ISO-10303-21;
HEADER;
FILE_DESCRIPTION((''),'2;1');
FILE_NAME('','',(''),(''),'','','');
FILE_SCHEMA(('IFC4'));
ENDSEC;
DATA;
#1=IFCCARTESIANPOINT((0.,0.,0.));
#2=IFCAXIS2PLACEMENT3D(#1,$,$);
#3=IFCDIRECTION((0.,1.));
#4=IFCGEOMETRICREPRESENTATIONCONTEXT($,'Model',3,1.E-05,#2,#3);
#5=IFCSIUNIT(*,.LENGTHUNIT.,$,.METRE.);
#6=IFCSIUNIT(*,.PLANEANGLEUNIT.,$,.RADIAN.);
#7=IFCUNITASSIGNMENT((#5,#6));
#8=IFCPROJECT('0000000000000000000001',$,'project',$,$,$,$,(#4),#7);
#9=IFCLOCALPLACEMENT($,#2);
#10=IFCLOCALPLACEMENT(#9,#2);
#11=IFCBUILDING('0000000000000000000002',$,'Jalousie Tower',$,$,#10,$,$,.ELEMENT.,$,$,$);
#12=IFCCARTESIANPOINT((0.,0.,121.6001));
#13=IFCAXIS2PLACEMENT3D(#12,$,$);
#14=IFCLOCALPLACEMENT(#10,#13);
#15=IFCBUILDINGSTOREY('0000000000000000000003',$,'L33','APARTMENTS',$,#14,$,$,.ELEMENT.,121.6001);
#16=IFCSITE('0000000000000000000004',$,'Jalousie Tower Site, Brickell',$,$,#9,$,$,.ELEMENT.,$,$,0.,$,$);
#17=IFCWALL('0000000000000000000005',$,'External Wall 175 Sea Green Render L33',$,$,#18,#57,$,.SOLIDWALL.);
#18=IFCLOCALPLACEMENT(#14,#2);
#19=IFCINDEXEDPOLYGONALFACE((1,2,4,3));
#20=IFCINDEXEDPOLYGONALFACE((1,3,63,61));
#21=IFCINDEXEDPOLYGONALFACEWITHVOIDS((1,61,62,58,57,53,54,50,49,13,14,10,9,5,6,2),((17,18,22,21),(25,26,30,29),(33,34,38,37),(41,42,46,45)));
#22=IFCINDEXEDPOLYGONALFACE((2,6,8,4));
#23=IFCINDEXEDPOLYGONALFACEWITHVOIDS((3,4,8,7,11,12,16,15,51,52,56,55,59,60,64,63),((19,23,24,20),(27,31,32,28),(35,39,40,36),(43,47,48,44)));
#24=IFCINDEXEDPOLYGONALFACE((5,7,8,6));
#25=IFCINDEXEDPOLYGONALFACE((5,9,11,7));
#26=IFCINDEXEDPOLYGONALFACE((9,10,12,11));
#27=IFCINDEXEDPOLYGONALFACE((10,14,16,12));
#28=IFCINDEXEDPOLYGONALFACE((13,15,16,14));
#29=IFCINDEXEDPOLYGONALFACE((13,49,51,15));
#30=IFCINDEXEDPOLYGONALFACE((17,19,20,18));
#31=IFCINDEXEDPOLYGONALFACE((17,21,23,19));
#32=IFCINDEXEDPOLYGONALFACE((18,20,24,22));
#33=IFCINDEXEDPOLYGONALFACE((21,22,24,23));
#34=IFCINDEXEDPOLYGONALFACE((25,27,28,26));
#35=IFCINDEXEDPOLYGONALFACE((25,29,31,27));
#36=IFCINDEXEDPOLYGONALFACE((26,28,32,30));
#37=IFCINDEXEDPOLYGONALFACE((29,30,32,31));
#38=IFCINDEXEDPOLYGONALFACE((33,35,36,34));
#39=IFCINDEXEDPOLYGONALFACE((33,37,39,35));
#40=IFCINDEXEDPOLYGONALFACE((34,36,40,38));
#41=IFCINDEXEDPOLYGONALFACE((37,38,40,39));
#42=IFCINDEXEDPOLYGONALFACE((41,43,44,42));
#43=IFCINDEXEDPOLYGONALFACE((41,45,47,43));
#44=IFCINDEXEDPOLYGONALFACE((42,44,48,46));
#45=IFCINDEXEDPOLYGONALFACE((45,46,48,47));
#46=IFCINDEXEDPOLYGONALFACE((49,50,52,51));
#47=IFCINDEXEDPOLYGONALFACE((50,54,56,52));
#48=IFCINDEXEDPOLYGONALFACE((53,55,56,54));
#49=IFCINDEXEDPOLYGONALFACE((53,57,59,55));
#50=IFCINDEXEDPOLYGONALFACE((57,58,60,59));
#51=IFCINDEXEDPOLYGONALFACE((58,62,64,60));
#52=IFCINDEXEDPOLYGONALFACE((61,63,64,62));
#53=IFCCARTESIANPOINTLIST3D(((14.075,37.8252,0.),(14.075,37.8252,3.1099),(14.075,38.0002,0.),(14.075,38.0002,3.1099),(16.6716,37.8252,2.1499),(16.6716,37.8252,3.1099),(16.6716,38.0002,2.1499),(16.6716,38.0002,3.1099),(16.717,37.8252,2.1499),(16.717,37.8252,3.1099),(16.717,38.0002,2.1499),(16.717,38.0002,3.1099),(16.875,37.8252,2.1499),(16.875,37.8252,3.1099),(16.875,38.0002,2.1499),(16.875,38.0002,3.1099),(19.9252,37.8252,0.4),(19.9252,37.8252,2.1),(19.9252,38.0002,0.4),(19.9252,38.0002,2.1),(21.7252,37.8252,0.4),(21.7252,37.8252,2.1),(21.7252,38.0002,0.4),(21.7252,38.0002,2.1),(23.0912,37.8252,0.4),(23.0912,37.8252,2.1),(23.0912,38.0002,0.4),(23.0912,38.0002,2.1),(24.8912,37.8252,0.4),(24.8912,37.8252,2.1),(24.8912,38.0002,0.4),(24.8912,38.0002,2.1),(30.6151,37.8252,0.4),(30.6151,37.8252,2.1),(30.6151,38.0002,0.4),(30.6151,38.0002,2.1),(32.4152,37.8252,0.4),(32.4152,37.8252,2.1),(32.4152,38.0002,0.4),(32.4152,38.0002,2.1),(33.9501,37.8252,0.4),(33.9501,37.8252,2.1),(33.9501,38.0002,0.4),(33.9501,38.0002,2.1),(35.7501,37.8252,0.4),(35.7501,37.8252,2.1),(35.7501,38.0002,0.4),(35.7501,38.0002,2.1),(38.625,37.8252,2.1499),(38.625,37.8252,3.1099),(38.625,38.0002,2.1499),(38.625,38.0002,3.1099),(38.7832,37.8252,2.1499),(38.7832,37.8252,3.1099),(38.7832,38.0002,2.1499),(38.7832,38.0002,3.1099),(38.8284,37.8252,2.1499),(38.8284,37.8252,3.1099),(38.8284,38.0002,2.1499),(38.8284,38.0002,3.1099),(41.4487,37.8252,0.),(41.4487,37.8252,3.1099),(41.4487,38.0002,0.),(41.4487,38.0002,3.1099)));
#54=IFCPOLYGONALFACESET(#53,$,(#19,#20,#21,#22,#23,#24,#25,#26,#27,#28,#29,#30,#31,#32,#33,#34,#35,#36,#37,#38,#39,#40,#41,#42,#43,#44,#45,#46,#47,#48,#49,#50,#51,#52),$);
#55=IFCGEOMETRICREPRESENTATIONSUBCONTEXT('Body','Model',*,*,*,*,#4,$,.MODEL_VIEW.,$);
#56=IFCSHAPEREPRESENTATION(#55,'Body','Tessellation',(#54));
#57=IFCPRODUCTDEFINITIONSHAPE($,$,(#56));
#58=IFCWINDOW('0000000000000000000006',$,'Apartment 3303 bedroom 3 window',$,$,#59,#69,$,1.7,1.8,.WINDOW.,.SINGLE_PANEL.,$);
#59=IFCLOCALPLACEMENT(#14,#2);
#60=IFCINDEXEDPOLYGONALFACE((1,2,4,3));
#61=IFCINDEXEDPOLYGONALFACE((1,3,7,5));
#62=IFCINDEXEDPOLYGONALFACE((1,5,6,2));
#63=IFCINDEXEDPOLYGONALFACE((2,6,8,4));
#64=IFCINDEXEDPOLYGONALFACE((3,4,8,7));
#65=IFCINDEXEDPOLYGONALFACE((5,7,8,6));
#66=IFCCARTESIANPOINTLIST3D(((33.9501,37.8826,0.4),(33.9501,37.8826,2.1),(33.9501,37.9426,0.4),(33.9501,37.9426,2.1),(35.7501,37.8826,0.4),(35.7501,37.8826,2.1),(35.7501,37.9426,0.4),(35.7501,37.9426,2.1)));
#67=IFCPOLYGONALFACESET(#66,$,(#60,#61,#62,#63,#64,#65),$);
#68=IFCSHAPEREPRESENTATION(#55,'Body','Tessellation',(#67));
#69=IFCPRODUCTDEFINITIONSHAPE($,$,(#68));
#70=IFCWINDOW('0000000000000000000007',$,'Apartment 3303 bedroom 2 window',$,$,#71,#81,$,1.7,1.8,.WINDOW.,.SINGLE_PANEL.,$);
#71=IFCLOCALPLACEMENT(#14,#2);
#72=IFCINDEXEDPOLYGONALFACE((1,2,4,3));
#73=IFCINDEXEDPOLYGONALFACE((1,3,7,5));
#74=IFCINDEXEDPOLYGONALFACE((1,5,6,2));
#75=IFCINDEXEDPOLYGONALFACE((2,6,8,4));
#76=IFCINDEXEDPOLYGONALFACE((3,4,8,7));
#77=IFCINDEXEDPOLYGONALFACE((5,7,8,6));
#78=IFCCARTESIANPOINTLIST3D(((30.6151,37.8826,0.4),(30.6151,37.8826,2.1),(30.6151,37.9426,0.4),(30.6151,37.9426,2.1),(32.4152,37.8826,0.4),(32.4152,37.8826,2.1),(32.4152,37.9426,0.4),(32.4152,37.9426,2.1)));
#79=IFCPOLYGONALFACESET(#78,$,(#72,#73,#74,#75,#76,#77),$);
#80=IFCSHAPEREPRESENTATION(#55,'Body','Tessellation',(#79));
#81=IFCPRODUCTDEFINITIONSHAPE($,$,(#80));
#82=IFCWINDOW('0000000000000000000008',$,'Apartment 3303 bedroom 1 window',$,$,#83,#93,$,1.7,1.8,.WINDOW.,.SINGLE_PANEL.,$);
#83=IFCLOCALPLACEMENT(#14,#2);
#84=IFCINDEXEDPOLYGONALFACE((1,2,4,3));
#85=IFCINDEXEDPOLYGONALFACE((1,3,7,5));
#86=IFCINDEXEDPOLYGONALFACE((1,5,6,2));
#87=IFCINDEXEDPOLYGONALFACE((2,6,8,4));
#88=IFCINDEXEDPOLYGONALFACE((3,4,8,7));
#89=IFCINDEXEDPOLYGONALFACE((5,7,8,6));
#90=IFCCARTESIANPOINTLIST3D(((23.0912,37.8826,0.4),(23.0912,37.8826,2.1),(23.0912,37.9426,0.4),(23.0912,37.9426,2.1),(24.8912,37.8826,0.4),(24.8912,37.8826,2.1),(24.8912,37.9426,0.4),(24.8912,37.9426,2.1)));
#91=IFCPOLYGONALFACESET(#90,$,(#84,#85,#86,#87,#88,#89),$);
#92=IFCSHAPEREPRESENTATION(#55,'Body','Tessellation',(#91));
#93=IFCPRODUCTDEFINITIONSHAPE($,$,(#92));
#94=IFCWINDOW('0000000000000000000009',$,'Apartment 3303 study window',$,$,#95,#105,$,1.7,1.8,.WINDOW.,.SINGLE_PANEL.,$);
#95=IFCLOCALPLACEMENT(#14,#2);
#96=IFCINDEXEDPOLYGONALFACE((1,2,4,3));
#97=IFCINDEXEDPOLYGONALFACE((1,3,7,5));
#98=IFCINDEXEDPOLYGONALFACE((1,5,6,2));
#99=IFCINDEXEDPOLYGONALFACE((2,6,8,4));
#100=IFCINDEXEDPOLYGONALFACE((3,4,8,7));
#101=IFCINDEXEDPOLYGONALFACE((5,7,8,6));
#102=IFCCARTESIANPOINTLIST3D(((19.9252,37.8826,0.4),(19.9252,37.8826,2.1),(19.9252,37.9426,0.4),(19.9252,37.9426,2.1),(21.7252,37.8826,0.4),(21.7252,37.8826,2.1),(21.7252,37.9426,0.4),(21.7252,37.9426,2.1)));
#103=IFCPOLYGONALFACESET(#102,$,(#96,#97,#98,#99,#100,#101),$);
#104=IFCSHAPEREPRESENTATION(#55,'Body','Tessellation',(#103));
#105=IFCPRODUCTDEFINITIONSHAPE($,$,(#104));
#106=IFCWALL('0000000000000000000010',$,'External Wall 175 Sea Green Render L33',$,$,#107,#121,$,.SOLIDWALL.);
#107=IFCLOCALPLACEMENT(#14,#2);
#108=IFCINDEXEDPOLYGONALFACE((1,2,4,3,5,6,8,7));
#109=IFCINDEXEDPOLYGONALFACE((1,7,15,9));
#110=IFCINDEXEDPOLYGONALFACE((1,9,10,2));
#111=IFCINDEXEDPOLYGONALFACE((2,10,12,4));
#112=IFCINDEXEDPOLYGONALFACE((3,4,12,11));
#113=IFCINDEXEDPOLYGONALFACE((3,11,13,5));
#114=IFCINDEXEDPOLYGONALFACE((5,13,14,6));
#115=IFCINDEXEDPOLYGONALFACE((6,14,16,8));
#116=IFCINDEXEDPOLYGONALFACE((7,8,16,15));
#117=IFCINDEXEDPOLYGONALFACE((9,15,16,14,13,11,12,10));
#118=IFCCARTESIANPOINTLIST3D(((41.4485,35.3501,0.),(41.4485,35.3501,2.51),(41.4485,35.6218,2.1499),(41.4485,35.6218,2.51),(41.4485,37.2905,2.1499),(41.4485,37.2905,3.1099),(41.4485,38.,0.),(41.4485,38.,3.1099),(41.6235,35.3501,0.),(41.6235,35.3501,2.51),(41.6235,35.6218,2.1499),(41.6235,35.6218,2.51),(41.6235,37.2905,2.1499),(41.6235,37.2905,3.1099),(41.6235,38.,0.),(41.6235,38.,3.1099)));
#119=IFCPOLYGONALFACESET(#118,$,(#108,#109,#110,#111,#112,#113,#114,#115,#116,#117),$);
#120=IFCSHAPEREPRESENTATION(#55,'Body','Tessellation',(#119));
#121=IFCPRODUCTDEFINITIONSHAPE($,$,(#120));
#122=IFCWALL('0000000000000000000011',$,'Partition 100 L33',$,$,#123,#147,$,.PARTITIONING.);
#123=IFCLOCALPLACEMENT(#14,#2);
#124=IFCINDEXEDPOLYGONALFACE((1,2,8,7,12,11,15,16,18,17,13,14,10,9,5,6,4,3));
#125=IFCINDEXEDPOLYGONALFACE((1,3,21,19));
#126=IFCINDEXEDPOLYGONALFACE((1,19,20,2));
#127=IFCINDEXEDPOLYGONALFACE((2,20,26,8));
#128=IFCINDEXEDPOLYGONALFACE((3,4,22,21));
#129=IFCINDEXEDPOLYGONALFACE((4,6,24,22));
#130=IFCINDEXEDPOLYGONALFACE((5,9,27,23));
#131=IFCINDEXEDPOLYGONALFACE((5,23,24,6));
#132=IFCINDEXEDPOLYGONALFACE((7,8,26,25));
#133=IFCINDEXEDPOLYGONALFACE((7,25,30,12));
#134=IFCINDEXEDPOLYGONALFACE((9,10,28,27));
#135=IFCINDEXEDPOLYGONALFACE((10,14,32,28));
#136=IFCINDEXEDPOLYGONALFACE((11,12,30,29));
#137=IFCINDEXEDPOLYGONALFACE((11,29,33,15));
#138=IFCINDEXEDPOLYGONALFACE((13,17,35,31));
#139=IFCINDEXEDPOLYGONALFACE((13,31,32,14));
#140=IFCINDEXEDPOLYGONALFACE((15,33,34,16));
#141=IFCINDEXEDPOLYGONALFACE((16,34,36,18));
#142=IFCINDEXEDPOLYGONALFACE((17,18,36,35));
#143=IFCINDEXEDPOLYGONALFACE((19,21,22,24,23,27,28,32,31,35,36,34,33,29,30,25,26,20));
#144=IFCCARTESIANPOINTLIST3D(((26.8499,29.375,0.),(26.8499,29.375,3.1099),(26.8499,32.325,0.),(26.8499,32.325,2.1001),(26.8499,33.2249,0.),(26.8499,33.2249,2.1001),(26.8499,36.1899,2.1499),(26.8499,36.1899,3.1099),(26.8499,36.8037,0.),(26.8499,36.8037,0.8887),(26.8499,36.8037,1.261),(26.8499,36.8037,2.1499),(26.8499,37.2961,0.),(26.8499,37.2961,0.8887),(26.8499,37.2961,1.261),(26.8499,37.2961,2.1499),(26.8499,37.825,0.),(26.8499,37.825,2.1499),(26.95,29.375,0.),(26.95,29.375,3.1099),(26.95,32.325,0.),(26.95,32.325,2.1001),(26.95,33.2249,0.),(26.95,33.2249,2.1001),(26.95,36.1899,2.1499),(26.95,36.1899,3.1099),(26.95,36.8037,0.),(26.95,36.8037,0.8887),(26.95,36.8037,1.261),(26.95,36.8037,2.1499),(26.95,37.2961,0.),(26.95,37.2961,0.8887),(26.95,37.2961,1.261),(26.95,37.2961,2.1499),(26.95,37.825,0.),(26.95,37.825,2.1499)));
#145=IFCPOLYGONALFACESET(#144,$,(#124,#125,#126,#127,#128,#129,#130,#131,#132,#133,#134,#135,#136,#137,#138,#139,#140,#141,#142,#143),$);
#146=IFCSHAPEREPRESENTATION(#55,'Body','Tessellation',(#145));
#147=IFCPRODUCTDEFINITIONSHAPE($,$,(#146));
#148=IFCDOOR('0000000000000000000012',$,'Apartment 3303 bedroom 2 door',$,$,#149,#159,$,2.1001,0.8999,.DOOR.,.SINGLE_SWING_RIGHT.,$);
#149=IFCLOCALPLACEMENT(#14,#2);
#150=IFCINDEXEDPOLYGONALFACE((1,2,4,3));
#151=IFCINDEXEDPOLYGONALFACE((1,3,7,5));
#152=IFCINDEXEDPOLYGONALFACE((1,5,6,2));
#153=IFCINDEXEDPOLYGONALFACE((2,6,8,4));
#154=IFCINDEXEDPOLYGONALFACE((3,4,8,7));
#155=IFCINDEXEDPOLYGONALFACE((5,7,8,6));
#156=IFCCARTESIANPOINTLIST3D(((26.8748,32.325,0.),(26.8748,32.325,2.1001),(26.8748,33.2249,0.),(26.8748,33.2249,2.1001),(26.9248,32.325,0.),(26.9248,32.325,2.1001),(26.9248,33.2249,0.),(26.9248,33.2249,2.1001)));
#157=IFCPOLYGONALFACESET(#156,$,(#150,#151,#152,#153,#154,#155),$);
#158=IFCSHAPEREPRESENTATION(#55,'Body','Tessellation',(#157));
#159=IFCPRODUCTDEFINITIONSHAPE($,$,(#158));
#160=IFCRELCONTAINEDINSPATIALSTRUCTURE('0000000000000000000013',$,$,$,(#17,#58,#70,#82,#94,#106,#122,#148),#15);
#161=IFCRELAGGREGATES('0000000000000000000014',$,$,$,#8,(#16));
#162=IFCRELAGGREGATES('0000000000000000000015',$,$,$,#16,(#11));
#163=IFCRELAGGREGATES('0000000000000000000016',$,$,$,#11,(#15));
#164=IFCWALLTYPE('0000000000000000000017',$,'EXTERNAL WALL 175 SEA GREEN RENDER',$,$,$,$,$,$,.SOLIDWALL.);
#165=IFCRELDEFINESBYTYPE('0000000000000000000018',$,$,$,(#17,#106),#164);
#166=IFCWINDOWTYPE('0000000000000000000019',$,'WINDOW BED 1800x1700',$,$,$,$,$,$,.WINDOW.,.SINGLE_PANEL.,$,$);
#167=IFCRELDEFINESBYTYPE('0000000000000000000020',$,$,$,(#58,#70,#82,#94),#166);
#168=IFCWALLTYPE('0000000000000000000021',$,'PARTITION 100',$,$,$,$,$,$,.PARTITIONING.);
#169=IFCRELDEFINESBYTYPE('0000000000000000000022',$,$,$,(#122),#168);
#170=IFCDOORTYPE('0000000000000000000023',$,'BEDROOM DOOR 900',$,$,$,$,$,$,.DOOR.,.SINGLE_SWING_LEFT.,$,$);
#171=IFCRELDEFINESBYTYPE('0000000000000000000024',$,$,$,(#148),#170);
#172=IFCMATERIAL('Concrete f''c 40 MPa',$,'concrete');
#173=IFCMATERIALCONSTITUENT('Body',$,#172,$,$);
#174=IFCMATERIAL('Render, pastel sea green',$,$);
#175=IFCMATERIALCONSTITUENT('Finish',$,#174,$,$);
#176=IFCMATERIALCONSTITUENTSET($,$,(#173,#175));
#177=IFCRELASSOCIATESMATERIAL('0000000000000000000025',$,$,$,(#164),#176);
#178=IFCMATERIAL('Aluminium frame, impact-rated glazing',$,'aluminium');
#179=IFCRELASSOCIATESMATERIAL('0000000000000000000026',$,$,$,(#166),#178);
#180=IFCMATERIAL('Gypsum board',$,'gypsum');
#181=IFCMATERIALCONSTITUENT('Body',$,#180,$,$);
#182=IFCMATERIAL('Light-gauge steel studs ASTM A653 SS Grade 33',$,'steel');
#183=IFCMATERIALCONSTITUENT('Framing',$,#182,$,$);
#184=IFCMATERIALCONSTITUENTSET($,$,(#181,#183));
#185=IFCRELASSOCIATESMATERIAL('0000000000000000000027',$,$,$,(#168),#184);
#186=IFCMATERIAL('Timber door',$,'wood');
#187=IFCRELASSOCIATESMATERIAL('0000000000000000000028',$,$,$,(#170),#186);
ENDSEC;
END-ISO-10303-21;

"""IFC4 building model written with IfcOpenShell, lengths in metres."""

from ifc_helpers import new_model, si_unit, direction, frame, frame_2d, origin, place, context, subcontext, project, spatial, polyline, rectangle, outline, extrude, material, constituent, constituent_set, type_object, element, fill, save


model = new_model("IFC4")

# Units and contexts
model_context = context("Model", 3, precision=1e-05, world=origin(), true_north=direction((0.0, 1.0)))
body_context = subcontext(model_context, "Body", "Model", "MODEL_VIEW")
ifc_project = project(units=[si_unit("LENGTHUNIT", "METRE"), si_unit("PLANEANGLEUNIT", "RADIAN")], contexts=[model_context])

# Site, building, storey
site_placement = place(None, origin())
site = spatial("IfcSite", under=ifc_project, at=site_placement, Name="Jalousie Tower Site, Brickell", CompositionType="ELEMENT", RefElevation=0.0)
building_placement = place(site_placement, origin())
building = spatial("IfcBuilding", under=site, at=building_placement, Name="Jalousie Tower", CompositionType="ELEMENT")
storey_placement = place(building_placement, frame((0.0, 0.0, 121.6001)))
storey = spatial("IfcBuildingStorey", under=building, at=storey_placement, Name="L33", Description="APARTMENTS", CompositionType="ELEMENT", Elevation=121.6001)

# Wall, openings, windows
ifc_material_1 = material(Name="Concrete f'c 40 MPa", Category="concrete")
ifc_constituent_1 = constituent(ifc_material_1, Name="Body")
ifc_material_2 = material(Name="Render, pastel sea green")
ifc_constituent_2 = constituent(ifc_material_2, Name="Finish")
ifc_constituent_set_1 = constituent_set(constituents=[ifc_constituent_1, ifc_constituent_2])
wall_type_1 = type_object("IfcWallType", Name="EXTERNAL WALL 175 SEA GREEN RENDER", PredefinedType="SOLIDWALL", material=ifc_constituent_set_1)
wall_1_placement = place(storey_placement, frame((41.4487, 37.9126, 0.0), z_axis=(0.0, 0.0, 1.0), x_axis=(-1.0, 0.0, 0.0)))
wall_1 = element("IfcWall", 1, at=wall_1_placement, inside=storey, type_object=wall_type_1, Name="External Wall 175 Sea Green Render L33", PredefinedType="SOLIDWALL", context=body_context, shape_type="SweptSolid", body=[
    extrude(outline(polyline([(0.0, 0.0), (27.3738, 0.0), (27.3738, 3.1099), (24.7771, 3.1099), (24.7771, 2.1499), (24.7317, 2.1499), (24.7317, 3.1099), (24.5737, 3.1099), (24.5737, 2.1499), (2.8237, 2.1499), (2.8237, 3.1099), (2.6655, 3.1099), (2.6655, 2.1499), (2.6204, 2.1499), (2.6204, 3.1099), (0.0, 3.1099), (0.0, 0.0)])), frame((0.0, 0.0874, 0.0), z_axis=(0.0, -1.0, 0.0), x_axis=(1.0, 0.0, 0.0)), (0.0, 0.0, 1.0), 0.175),
])
opening_1_placement = place(wall_1_placement, frame((5.6987, 0.0, 0.3999)))
opening_1 = element("IfcOpeningElement", 2, at=opening_1_placement, cuts=wall_1, PredefinedType="OPENING", context=body_context, shape_type="SweptSolid", body=[
    extrude(rectangle(XDim=1.8, YDim=1.7, at=frame_2d((0.8999, 0.8501))), frame((0.0, 0.0974, 0.0), z_axis=(0.0, -1.0, 0.0), x_axis=(1.0, 0.0, 0.0)), (0.0, 0.0, 1.0), 0.1951),
])
opening_2_placement = place(wall_1_placement, frame((9.0337, 0.0, 0.3999)))
opening_2 = element("IfcOpeningElement", 3, at=opening_2_placement, cuts=wall_1, PredefinedType="OPENING", context=body_context, shape_type="SweptSolid", body=[
    extrude(rectangle(XDim=1.8, YDim=1.7, at=frame_2d((0.8999, 0.8501))), frame((0.0, 0.0974, 0.0), z_axis=(0.0, -1.0, 0.0), x_axis=(1.0, 0.0, 0.0)), (0.0, 0.0, 1.0), 0.1951),
])
opening_3_placement = place(wall_1_placement, frame((16.5576, 0.0, 0.3999)))
opening_3 = element("IfcOpeningElement", 4, at=opening_3_placement, cuts=wall_1, PredefinedType="OPENING", context=body_context, shape_type="SweptSolid", body=[
    extrude(rectangle(XDim=1.8, YDim=1.7, at=frame_2d((0.8999, 0.8501))), frame((0.0, 0.0974, 0.0), z_axis=(0.0, -1.0, 0.0), x_axis=(1.0, 0.0, 0.0)), (0.0, 0.0, 1.0), 0.1951),
])
opening_4_placement = place(wall_1_placement, frame((19.7236, 0.0, 0.3999)))
opening_4 = element("IfcOpeningElement", 5, at=opening_4_placement, cuts=wall_1, PredefinedType="OPENING", context=body_context, shape_type="SweptSolid", body=[
    extrude(rectangle(XDim=1.8, YDim=1.7, at=frame_2d((0.8999, 0.8501))), frame((0.0, 0.0974, 0.0), z_axis=(0.0, -1.0, 0.0), x_axis=(1.0, 0.0, 0.0)), (0.0, 0.0, 1.0), 0.1951),
])
ifc_material_3 = material(Name="Aluminium frame, impact-rated glazing", Category="aluminium")
window_type = type_object("IfcWindowType", Name="WINDOW BED 1800x1700", PartitioningType="SINGLE_PANEL", PredefinedType="WINDOW", material=ifc_material_3)
window_1_placement = place(opening_1_placement, origin())
window_1 = element("IfcWindow", 6, at=window_1_placement, inside=storey, type_object=window_type, Name="Apartment 3303 bedroom 3 window", OverallHeight=1.7, OverallWidth=1.8, PartitioningType="SINGLE_PANEL", PredefinedType="WINDOW", context=body_context, shape_type="SweptSolid", body=[
    extrude(rectangle(XDim=1.8, YDim=1.7, at=frame_2d((0.8999, 0.8501))), frame((0.0, 0.03, 0.0), z_axis=(0.0, -1.0, 0.0), x_axis=(1.0, 0.0, 0.0)), (0.0, 0.0, 1.0), 0.0601),
])
fill(opening_1, window_1)
window_2_placement = place(opening_2_placement, origin())
window_2 = element("IfcWindow", 7, at=window_2_placement, inside=storey, type_object=window_type, Name="Apartment 3303 bedroom 2 window", OverallHeight=1.7, OverallWidth=1.8, PartitioningType="SINGLE_PANEL", PredefinedType="WINDOW", context=body_context, shape_type="SweptSolid", body=[
    extrude(rectangle(XDim=1.8, YDim=1.7, at=frame_2d((0.8999, 0.8501))), frame((0.0, 0.03, 0.0), z_axis=(0.0, -1.0, 0.0), x_axis=(1.0, 0.0, 0.0)), (0.0, 0.0, 1.0), 0.0601),
])
fill(opening_2, window_2)
window_3_placement = place(opening_3_placement, origin())
window_3 = element("IfcWindow", 8, at=window_3_placement, inside=storey, type_object=window_type, Name="Apartment 3303 bedroom 1 window", OverallHeight=1.7, OverallWidth=1.8, PartitioningType="SINGLE_PANEL", PredefinedType="WINDOW", context=body_context, shape_type="SweptSolid", body=[
    extrude(rectangle(XDim=1.8, YDim=1.7, at=frame_2d((0.8999, 0.8501))), frame((0.0, 0.03, 0.0), z_axis=(0.0, -1.0, 0.0), x_axis=(1.0, 0.0, 0.0)), (0.0, 0.0, 1.0), 0.0601),
])
fill(opening_3, window_3)
window_4_placement = place(opening_4_placement, origin())
window_4 = element("IfcWindow", 9, at=window_4_placement, inside=storey, type_object=window_type, Name="Apartment 3303 study window", OverallHeight=1.7, OverallWidth=1.8, PartitioningType="SINGLE_PANEL", PredefinedType="WINDOW", context=body_context, shape_type="SweptSolid", body=[
    extrude(rectangle(XDim=1.8, YDim=1.7, at=frame_2d((0.8999, 0.8501))), frame((0.0, 0.03, 0.0), z_axis=(0.0, -1.0, 0.0), x_axis=(1.0, 0.0, 0.0)), (0.0, 0.0, 1.0), 0.0601),
])
fill(opening_4, window_4)

# Wall
wall_2_placement = place(storey_placement, frame((41.5361, 38.0, 0.0), z_axis=(0.0, 0.0, 1.0), x_axis=(0.0, -1.0, 0.0)))
element("IfcWall", 10, at=wall_2_placement, inside=storey, type_object=wall_type_1, Name="External Wall 175 Sea Green Render L33", PredefinedType="SOLIDWALL", context=body_context, shape_type="SweptSolid", body=[
    extrude(outline(polyline([(0.0, 0.0), (2.6499, 0.0), (2.6499, 2.51), (2.3782, 2.51), (2.3782, 2.1499), (0.7095, 2.1499), (0.7095, 3.1099), (0.0, 3.1099), (0.0, 0.0)])), frame((0.0, 0.0874, 0.0), z_axis=(0.0, -1.0, 0.0), x_axis=(1.0, 0.0, 0.0)), (0.0, 0.0, 1.0), 0.175),
])

# Wall, opening, door
ifc_material_4 = material(Name="Gypsum board", Category="gypsum")
ifc_constituent_3 = constituent(ifc_material_4, Name="Body")
ifc_material_5 = material(Name="Light-gauge steel studs ASTM A653 SS Grade 33", Category="steel")
ifc_constituent_4 = constituent(ifc_material_5, Name="Framing")
ifc_constituent_set_2 = constituent_set(constituents=[ifc_constituent_3, ifc_constituent_4])
wall_type_2 = type_object("IfcWallType", Name="PARTITION 100", PredefinedType="PARTITIONING", material=ifc_constituent_set_2)
wall_3_placement = place(storey_placement, frame((26.8999, 37.825, 0.0), z_axis=(0.0, 0.0, 1.0), x_axis=(0.0, -1.0, 0.0)))
wall_3 = element("IfcWall", 11, at=wall_3_placement, inside=storey, type_object=wall_type_2, Name="Partition 100 L33", PredefinedType="PARTITIONING", context=body_context, shape_type="SweptSolid", body=[
    extrude(outline(polyline([(0.5288, 2.1499), (0.0, 2.1499), (0.0, 0.0), (0.5288, 0.0), (0.5288, 0.8887), (1.0212, 0.8887), (1.0212, 0.0), (8.45, 0.0), (8.45, 3.1099), (1.635, 3.1099), (1.635, 2.1499), (1.0212, 2.1499), (1.0212, 1.261), (0.5288, 1.261), (0.5288, 2.1499)])), frame((0.0, 0.05, 0.0), z_axis=(0.0, -1.0, 0.0), x_axis=(1.0, 0.0, 0.0)), (0.0, 0.0, 1.0), 0.1001),
])
opening_5_placement = place(wall_3_placement, frame((4.6001, 0.0, 0.0)))
opening_5 = element("IfcOpeningElement", 12, at=opening_5_placement, cuts=wall_3, PredefinedType="OPENING", context=body_context, shape_type="SweptSolid", body=[
    extrude(rectangle(XDim=0.8999, YDim=2.1001, at=frame_2d((0.45, 1.05))), frame((0.0, 0.0601, 0.0), z_axis=(0.0, -1.0, 0.0), x_axis=(1.0, 0.0, 0.0)), (0.0, 0.0, 1.0), 0.1201),
])
ifc_material_6 = material(Name="Timber door", Category="wood")
door_type = type_object("IfcDoorType", Name="BEDROOM DOOR 900", OperationType="SINGLE_SWING_LEFT", PredefinedType="DOOR", material=ifc_material_6)
door_1_placement = place(opening_5_placement, origin())
door_1 = element("IfcDoor", 13, at=door_1_placement, inside=storey, type_object=door_type, Name="Apartment 3303 bedroom 2 door", OperationType="SINGLE_SWING_RIGHT", OverallHeight=2.1001, OverallWidth=0.8999, PredefinedType="DOOR", context=body_context, shape_type="SweptSolid", body=[
    extrude(rectangle(XDim=0.8999, YDim=2.1001, at=frame_2d((0.45, 1.05))), frame((0.0, 0.0249, 0.0), z_axis=(0.0, -1.0, 0.0), x_axis=(1.0, 0.0, 0.0)), (0.0, 0.0, 1.0), 0.05),
])
fill(opening_5, door_1)

save(model, "model.ifc")
